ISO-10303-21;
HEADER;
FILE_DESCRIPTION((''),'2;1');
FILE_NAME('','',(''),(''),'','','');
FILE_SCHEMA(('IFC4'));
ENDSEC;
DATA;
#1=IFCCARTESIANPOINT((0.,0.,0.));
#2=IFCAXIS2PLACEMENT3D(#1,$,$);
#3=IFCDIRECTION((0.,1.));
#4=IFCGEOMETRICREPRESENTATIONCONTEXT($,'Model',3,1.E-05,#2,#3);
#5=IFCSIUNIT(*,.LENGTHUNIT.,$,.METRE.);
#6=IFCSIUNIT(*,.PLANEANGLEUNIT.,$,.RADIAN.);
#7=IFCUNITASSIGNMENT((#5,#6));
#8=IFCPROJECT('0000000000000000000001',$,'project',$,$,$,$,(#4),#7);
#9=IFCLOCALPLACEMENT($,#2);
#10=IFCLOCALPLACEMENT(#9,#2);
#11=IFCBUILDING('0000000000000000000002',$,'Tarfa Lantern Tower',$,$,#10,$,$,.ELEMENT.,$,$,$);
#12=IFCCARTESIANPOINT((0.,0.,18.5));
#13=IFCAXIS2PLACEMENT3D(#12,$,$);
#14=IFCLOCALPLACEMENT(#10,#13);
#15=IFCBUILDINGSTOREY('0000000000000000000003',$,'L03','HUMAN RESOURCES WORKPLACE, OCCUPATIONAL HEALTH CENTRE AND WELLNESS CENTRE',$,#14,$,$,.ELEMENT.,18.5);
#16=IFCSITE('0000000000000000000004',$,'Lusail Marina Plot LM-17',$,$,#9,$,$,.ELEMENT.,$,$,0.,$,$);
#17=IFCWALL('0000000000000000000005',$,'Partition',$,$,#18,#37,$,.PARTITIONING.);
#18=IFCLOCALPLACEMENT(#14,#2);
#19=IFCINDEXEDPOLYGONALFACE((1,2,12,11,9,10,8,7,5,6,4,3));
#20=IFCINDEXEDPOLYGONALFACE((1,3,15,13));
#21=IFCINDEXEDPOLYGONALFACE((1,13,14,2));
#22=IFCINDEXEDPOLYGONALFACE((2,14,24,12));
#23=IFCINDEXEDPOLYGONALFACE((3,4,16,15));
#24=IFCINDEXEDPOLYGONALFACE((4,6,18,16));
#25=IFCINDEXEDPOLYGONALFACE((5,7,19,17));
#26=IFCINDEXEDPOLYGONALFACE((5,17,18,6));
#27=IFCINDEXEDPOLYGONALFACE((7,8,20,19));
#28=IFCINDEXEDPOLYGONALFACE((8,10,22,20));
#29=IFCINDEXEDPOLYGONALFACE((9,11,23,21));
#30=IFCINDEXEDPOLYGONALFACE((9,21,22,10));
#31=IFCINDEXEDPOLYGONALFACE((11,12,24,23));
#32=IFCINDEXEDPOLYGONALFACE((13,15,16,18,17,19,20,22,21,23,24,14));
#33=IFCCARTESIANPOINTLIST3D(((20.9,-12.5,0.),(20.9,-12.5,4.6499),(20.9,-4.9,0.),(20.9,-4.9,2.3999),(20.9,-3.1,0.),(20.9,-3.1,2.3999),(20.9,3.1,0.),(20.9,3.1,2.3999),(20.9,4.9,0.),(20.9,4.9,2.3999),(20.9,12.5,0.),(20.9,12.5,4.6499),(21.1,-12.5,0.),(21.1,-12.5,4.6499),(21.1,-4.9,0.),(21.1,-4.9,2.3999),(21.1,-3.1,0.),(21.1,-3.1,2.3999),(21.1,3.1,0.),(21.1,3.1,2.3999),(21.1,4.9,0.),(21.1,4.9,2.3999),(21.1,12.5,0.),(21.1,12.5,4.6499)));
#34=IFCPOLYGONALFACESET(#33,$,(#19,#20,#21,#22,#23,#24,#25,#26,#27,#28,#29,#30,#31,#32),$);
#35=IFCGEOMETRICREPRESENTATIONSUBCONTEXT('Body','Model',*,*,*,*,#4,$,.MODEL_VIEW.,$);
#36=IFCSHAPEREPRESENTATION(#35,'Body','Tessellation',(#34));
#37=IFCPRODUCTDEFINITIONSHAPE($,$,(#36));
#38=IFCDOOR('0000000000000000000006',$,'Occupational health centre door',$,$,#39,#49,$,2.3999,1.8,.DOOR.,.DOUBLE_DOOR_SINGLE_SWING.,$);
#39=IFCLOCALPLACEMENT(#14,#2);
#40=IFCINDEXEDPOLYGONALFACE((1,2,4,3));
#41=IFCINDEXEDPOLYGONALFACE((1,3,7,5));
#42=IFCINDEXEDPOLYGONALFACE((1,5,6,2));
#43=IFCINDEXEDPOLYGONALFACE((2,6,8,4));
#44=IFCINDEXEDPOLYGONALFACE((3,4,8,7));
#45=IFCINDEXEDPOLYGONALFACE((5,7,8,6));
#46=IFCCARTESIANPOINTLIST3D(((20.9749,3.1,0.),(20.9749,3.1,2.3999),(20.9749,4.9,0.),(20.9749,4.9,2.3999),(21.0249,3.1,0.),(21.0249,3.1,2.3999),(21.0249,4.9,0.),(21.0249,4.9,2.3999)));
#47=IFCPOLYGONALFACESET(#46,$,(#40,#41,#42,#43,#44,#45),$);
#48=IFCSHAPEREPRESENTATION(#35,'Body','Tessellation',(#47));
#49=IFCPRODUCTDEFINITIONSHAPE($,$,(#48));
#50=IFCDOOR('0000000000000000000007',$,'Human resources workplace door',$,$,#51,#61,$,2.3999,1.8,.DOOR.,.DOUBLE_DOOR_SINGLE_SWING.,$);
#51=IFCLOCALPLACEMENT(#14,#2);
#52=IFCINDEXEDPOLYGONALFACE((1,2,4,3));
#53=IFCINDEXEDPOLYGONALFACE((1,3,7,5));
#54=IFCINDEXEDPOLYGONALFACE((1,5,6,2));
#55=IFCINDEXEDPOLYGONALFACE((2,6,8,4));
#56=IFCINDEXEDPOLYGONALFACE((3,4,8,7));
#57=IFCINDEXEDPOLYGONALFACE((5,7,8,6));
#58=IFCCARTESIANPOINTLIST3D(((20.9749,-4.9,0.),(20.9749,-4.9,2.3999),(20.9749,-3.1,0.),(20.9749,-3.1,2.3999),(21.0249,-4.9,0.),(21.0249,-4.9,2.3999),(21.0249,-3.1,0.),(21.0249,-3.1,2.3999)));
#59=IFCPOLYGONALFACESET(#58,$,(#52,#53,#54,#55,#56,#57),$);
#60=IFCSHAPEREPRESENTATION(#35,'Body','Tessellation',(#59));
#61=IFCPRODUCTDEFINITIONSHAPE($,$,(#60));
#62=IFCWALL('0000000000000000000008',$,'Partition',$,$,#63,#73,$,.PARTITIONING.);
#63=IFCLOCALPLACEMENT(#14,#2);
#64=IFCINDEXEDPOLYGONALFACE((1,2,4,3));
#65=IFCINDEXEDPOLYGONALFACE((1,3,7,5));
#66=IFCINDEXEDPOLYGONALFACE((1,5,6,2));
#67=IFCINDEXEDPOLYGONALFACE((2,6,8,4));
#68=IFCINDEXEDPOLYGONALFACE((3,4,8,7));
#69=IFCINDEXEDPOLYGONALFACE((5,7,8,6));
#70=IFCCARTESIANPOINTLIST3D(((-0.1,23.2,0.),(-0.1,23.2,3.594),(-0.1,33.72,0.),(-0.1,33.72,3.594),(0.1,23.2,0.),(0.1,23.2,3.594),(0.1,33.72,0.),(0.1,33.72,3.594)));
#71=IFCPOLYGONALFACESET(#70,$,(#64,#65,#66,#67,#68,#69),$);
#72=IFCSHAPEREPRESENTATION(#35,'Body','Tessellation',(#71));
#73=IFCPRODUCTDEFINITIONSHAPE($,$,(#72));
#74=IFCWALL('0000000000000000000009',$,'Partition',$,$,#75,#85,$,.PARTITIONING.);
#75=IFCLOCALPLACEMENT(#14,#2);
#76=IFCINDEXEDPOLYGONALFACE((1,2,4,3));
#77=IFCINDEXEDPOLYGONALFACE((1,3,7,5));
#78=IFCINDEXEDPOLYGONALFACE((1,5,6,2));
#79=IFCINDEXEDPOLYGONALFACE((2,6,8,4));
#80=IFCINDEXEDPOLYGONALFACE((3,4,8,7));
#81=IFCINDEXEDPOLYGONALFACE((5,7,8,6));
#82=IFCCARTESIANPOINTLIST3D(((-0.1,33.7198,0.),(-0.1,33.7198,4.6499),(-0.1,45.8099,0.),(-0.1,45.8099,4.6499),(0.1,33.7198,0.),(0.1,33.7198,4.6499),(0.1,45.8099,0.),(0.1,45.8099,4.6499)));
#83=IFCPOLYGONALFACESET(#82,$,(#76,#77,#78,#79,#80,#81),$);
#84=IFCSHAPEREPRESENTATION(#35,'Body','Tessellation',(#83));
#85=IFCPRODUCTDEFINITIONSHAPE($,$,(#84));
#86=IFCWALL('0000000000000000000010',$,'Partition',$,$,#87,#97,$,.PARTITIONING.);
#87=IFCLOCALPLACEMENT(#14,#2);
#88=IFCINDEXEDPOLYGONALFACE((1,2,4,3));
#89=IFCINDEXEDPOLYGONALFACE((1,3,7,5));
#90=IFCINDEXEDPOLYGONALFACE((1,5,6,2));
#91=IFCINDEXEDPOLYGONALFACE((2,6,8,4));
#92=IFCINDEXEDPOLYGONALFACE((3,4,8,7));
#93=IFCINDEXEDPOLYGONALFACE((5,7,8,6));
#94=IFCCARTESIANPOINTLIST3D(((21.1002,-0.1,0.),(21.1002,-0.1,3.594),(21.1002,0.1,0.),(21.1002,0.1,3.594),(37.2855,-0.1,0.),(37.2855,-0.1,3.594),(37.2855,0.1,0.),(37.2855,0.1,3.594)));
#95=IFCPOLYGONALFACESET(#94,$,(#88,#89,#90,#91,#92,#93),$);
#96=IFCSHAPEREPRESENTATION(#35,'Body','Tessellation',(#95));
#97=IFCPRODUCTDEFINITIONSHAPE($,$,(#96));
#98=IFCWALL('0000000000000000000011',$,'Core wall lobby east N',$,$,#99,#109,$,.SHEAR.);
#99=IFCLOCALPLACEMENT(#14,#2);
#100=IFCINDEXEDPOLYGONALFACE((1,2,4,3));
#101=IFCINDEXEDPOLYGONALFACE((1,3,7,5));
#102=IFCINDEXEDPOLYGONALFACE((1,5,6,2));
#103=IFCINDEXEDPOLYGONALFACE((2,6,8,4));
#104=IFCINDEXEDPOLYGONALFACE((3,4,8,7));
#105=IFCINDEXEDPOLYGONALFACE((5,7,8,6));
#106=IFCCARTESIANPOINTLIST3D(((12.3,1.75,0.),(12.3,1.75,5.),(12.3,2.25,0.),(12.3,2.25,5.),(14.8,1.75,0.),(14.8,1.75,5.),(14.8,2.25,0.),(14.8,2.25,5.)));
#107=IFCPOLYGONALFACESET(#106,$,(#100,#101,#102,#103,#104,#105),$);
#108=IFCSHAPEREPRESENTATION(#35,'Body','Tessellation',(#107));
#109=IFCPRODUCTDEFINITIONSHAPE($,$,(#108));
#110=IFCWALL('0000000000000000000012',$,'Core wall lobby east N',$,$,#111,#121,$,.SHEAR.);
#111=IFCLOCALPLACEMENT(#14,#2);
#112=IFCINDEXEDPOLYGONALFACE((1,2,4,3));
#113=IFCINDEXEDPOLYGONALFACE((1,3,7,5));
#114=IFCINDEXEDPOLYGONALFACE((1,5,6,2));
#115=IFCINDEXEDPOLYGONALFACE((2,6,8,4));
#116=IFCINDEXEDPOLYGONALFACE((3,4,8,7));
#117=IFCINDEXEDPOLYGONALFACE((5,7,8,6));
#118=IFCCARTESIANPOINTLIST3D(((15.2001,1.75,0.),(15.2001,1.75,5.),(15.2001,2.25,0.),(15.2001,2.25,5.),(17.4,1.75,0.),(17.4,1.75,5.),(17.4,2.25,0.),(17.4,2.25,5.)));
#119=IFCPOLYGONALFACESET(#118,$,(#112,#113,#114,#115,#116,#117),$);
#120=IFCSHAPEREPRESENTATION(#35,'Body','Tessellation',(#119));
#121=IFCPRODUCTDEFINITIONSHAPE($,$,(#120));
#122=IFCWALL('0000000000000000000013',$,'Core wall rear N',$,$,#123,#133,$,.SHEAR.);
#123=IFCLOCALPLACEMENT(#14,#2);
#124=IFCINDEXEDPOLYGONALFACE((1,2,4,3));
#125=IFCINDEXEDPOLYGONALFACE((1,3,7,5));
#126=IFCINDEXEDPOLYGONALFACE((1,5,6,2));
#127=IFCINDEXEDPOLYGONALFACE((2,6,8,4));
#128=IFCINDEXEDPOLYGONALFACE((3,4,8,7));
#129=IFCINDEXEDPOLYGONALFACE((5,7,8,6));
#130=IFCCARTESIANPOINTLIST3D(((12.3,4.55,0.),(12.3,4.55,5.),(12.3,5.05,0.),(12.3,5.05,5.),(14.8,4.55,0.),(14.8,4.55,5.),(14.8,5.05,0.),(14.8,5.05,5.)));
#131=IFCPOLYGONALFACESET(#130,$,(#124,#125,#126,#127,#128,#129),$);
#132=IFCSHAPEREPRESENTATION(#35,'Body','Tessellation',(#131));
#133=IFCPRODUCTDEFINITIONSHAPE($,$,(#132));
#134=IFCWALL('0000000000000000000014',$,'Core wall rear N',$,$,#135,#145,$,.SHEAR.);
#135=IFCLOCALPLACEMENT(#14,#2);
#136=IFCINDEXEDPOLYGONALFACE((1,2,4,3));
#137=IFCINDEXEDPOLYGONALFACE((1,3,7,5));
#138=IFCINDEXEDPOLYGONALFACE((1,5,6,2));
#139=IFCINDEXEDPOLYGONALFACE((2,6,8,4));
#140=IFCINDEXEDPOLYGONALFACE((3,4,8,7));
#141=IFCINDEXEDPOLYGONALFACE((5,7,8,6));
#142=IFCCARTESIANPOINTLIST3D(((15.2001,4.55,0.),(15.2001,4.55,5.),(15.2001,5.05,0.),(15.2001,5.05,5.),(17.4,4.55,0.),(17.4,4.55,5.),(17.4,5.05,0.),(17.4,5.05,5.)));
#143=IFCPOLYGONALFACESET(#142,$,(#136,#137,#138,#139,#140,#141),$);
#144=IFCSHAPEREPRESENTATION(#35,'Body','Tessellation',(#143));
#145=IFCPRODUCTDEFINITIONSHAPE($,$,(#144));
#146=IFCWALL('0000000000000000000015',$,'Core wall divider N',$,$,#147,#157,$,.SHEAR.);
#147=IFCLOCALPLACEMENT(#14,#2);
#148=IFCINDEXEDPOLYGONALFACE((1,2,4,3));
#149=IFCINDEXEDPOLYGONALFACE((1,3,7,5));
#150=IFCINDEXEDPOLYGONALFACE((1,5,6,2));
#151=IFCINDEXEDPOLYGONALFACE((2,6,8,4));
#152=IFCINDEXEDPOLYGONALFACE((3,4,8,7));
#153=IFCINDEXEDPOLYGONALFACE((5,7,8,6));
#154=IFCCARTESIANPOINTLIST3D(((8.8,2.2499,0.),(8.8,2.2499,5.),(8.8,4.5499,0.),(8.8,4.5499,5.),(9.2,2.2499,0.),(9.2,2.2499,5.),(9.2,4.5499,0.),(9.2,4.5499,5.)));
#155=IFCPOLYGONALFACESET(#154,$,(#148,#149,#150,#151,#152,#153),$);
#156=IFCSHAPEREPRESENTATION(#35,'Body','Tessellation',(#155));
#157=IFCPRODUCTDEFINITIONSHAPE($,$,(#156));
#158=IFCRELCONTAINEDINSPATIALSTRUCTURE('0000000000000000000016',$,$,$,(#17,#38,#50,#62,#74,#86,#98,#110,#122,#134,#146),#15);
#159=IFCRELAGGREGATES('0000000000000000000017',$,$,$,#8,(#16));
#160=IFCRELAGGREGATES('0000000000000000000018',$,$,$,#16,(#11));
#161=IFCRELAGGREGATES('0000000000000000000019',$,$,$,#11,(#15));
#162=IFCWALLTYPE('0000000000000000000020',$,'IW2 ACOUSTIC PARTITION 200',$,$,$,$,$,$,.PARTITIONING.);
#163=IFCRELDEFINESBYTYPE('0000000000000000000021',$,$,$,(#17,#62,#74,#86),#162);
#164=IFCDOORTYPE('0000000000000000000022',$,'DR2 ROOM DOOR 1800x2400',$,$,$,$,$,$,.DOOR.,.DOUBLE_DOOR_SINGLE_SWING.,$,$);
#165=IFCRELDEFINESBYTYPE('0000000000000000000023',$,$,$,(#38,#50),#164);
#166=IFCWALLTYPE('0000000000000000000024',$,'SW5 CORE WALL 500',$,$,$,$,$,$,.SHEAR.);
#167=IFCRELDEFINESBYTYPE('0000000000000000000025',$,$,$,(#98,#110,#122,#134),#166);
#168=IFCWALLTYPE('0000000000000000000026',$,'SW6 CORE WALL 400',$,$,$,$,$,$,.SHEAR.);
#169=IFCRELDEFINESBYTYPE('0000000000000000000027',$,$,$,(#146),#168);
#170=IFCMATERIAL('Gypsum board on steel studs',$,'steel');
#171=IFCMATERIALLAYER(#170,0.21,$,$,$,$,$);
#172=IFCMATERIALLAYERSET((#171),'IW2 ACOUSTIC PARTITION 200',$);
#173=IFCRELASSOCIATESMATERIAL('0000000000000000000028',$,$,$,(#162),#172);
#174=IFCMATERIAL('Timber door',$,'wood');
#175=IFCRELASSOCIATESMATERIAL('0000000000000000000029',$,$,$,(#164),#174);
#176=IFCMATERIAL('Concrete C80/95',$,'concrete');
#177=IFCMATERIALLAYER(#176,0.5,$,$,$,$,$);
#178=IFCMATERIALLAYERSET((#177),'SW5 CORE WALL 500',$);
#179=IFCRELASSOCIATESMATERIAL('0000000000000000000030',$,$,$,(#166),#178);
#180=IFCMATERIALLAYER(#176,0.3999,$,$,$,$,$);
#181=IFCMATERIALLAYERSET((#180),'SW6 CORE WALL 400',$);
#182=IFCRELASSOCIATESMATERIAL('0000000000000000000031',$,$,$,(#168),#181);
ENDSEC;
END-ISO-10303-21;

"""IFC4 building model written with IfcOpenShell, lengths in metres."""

from ifc_helpers import new_model, si_unit, direction, frame, frame_2d, origin, place, context, subcontext, project, spatial, rectangle, extrude, material, layer, layer_set, type_object, element, fill, save


model = new_model("IFC4")

# Units and contexts
model_context = context("Model", 3, precision=1e-05, world=origin(), true_north=direction((0.0, 1.0)))
body_context = subcontext(model_context, "Body", "Model", "MODEL_VIEW")
ifc_project = project(units=[si_unit("LENGTHUNIT", "METRE"), si_unit("PLANEANGLEUNIT", "RADIAN")], contexts=[model_context])

# Site, building, storey
site_placement = place(None, origin())
site = spatial("IfcSite", under=ifc_project, at=site_placement, Name="Lusail Marina Plot LM-17", CompositionType="ELEMENT", RefElevation=0.0)
building_placement = place(site_placement, origin())
building = spatial("IfcBuilding", under=site, at=building_placement, Name="Tarfa Lantern Tower", CompositionType="ELEMENT")
storey_placement = place(building_placement, frame((0.0, 0.0, 18.5)))
storey = spatial("IfcBuildingStorey", under=building, at=storey_placement, Name="L03", Description="HUMAN RESOURCES WORKPLACE, OCCUPATIONAL HEALTH CENTRE AND WELLNESS CENTRE", CompositionType="ELEMENT", Elevation=18.5)

# Shared definitions
ifc_material_1 = material(Name="Concrete C80/95", Category="concrete")

# Shared definitions
ifc_material_2 = material(Name="Gypsum board on steel studs", Category="steel")
ifc_layer_1 = layer(ifc_material_2, 0.21)
ifc_layer_set_1 = layer_set([ifc_layer_1], Name="IW2 ACOUSTIC PARTITION 200")
wall_type_1 = type_object("IfcWallType", Name="IW2 ACOUSTIC PARTITION 200", PredefinedType="PARTITIONING", material=ifc_layer_set_1)

# Wall, openings, doors
wall_1_placement = place(storey_placement, frame((21.0, 12.5, 0.0), z_axis=(0.0, 0.0, 1.0), x_axis=(0.0, -1.0, 0.0)))
wall_1 = element("IfcWall", 1, at=wall_1_placement, inside=storey, type_object=wall_type_1, Name="Partition", PredefinedType="PARTITIONING", context=body_context, shape_type="SweptSolid", body=[
    extrude(rectangle(XDim=25.0, YDim=0.2, at=frame_2d((12.5, 0.0))), origin(), (0.0, 0.0, 1.0), 4.6499),
])
opening_1_placement = place(wall_1_placement, frame((7.6001, 0.0, 0.0)))
opening_1 = element("IfcOpeningElement", 2, at=opening_1_placement, cuts=wall_1, PredefinedType="OPENING", context=body_context, shape_type="SweptSolid", body=[
    extrude(rectangle(XDim=1.8, YDim=2.3999, at=frame_2d((0.8999, 1.2))), frame((0.0, 0.1099, 0.0), z_axis=(0.0, -1.0, 0.0), x_axis=(1.0, 0.0, 0.0)), (0.0, 0.0, 1.0), 0.22),
])
opening_2_placement = place(wall_1_placement, frame((15.6001, 0.0, 0.0)))
opening_2 = element("IfcOpeningElement", 3, at=opening_2_placement, cuts=wall_1, PredefinedType="OPENING", context=body_context, shape_type="SweptSolid", body=[
    extrude(rectangle(XDim=1.8, YDim=2.3999, at=frame_2d((0.8999, 1.2))), frame((0.0, 0.1099, 0.0), z_axis=(0.0, -1.0, 0.0), x_axis=(1.0, 0.0, 0.0)), (0.0, 0.0, 1.0), 0.22),
])
ifc_material_3 = material(Name="Timber door", Category="wood")
door_type = type_object("IfcDoorType", Name="DR2 ROOM DOOR 1800x2400", OperationType="DOUBLE_DOOR_SINGLE_SWING", PredefinedType="DOOR", material=ifc_material_3)
door_1_placement = place(opening_1_placement, origin())
door_1 = element("IfcDoor", 4, at=door_1_placement, inside=storey, type_object=door_type, Name="Occupational health centre door", OperationType="DOUBLE_DOOR_SINGLE_SWING", OverallHeight=2.3999, OverallWidth=1.8, PredefinedType="DOOR", context=body_context, shape_type="SweptSolid", body=[
    extrude(rectangle(XDim=1.8, YDim=2.3999, at=frame_2d((0.8999, 1.2))), frame((0.0, 0.0249, 0.0), z_axis=(0.0, -1.0, 0.0), x_axis=(1.0, 0.0, 0.0)), (0.0, 0.0, 1.0), 0.05),
])
fill(opening_1, door_1)
door_2_placement = place(opening_2_placement, origin())
door_2 = element("IfcDoor", 5, at=door_2_placement, inside=storey, type_object=door_type, Name="Human resources workplace door", OperationType="DOUBLE_DOOR_SINGLE_SWING", OverallHeight=2.3999, OverallWidth=1.8, PredefinedType="DOOR", context=body_context, shape_type="SweptSolid", body=[
    extrude(rectangle(XDim=1.8, YDim=2.3999, at=frame_2d((0.8999, 1.2))), frame((0.0, 0.0249, 0.0), z_axis=(0.0, -1.0, 0.0), x_axis=(1.0, 0.0, 0.0)), (0.0, 0.0, 1.0), 0.05),
])
fill(opening_2, door_2)

# Walls
wall_2_placement = place(storey_placement, frame((0.0, 23.2, 0.0), z_axis=(0.0, 0.0, 1.0), x_axis=(0.0, 1.0, 0.0)))
element("IfcWall", 6, at=wall_2_placement, inside=storey, type_object=wall_type_1, Name="Partition", PredefinedType="PARTITIONING", context=body_context, shape_type="SweptSolid", body=[
    extrude(rectangle(XDim=10.52, YDim=0.2, at=frame_2d((5.26, 0.0))), origin(), (0.0, 0.0, 1.0), 3.594),
])
wall_3_placement = place(storey_placement, frame((0.0, 33.72, 0.0), z_axis=(0.0, 0.0, 1.0), x_axis=(0.0, 1.0, 0.0)))
element("IfcWall", 7, at=wall_3_placement, inside=storey, type_object=wall_type_1, Name="Partition", PredefinedType="PARTITIONING", context=body_context, shape_type="SweptSolid", body=[
    extrude(rectangle(XDim=12.0901, YDim=0.2, at=frame_2d((6.0449, 0.0))), origin(), (0.0, 0.0, 1.0), 4.6499),
])
wall_4_placement = place(storey_placement, frame((21.1001, 0.0, 0.0), z_axis=(0.0, 0.0, 1.0), x_axis=(1.0, 0.0, 0.0)))
element("IfcWall", 8, at=wall_4_placement, inside=storey, type_object=wall_type_1, Name="Partition", PredefinedType="PARTITIONING", context=body_context, shape_type="SweptSolid", body=[
    extrude(rectangle(XDim=16.1853, YDim=0.2, at=frame_2d((8.0928, 0.0))), origin(), (0.0, 0.0, 1.0), 3.594),
])
ifc_layer_2 = layer(ifc_material_1, 0.5)
ifc_layer_set_2 = layer_set([ifc_layer_2], Name="SW5 CORE WALL 500")
wall_type_2 = type_object("IfcWallType", Name="SW5 CORE WALL 500", PredefinedType="SHEAR", material=ifc_layer_set_2)
wall_5_placement = place(storey_placement, frame((12.3, 2.0, 0.0), z_axis=(0.0, 0.0, 1.0), x_axis=(1.0, 0.0, 0.0)))
element("IfcWall", 9, at=wall_5_placement, inside=storey, type_object=wall_type_2, Name="Core wall lobby east N", PredefinedType="SHEAR", context=body_context, shape_type="SweptSolid", body=[
    extrude(rectangle(XDim=2.5, YDim=0.5, at=frame_2d((1.25, 0.0))), origin(), (0.0, 0.0, 1.0), 5.0),
])
wall_6_placement = place(storey_placement, frame((15.2, 2.0, 0.0), z_axis=(0.0, 0.0, 1.0), x_axis=(1.0, 0.0, 0.0)))
element("IfcWall", 10, at=wall_6_placement, inside=storey, type_object=wall_type_2, Name="Core wall lobby east N", PredefinedType="SHEAR", context=body_context, shape_type="SweptSolid", body=[
    extrude(rectangle(XDim=2.2, YDim=0.5, at=frame_2d((1.1001, 0.0))), origin(), (0.0, 0.0, 1.0), 5.0),
])
wall_7_placement = place(storey_placement, frame((12.3, 4.8, 0.0), z_axis=(0.0, 0.0, 1.0), x_axis=(1.0, 0.0, 0.0)))
element("IfcWall", 11, at=wall_7_placement, inside=storey, type_object=wall_type_2, Name="Core wall rear N", PredefinedType="SHEAR", context=body_context, shape_type="SweptSolid", body=[
    extrude(rectangle(XDim=2.5, YDim=0.5, at=frame_2d((1.25, 0.0))), origin(), (0.0, 0.0, 1.0), 5.0),
])
wall_8_placement = place(storey_placement, frame((15.2, 4.8, 0.0), z_axis=(0.0, 0.0, 1.0), x_axis=(1.0, 0.0, 0.0)))
element("IfcWall", 12, at=wall_8_placement, inside=storey, type_object=wall_type_2, Name="Core wall rear N", PredefinedType="SHEAR", context=body_context, shape_type="SweptSolid", body=[
    extrude(rectangle(XDim=2.2, YDim=0.5, at=frame_2d((1.1001, 0.0))), origin(), (0.0, 0.0, 1.0), 5.0),
])
ifc_layer_3 = layer(ifc_material_1, 0.3999)
ifc_layer_set_3 = layer_set([ifc_layer_3], Name="SW6 CORE WALL 400")
wall_type_3 = type_object("IfcWallType", Name="SW6 CORE WALL 400", PredefinedType="SHEAR", material=ifc_layer_set_3)
wall_9_placement = place(storey_placement, frame((9.0, 2.25, 0.0), z_axis=(0.0, 0.0, 1.0), x_axis=(0.0, 1.0, 0.0)))
element("IfcWall", 13, at=wall_9_placement, inside=storey, type_object=wall_type_3, Name="Core wall divider N", PredefinedType="SHEAR", context=body_context, shape_type="SweptSolid", body=[
    extrude(rectangle(XDim=2.3, YDim=0.3999, at=frame_2d((1.1499, 0.0))), origin(), (0.0, 0.0, 1.0), 5.0),
])

save(model, "model.ifc")
